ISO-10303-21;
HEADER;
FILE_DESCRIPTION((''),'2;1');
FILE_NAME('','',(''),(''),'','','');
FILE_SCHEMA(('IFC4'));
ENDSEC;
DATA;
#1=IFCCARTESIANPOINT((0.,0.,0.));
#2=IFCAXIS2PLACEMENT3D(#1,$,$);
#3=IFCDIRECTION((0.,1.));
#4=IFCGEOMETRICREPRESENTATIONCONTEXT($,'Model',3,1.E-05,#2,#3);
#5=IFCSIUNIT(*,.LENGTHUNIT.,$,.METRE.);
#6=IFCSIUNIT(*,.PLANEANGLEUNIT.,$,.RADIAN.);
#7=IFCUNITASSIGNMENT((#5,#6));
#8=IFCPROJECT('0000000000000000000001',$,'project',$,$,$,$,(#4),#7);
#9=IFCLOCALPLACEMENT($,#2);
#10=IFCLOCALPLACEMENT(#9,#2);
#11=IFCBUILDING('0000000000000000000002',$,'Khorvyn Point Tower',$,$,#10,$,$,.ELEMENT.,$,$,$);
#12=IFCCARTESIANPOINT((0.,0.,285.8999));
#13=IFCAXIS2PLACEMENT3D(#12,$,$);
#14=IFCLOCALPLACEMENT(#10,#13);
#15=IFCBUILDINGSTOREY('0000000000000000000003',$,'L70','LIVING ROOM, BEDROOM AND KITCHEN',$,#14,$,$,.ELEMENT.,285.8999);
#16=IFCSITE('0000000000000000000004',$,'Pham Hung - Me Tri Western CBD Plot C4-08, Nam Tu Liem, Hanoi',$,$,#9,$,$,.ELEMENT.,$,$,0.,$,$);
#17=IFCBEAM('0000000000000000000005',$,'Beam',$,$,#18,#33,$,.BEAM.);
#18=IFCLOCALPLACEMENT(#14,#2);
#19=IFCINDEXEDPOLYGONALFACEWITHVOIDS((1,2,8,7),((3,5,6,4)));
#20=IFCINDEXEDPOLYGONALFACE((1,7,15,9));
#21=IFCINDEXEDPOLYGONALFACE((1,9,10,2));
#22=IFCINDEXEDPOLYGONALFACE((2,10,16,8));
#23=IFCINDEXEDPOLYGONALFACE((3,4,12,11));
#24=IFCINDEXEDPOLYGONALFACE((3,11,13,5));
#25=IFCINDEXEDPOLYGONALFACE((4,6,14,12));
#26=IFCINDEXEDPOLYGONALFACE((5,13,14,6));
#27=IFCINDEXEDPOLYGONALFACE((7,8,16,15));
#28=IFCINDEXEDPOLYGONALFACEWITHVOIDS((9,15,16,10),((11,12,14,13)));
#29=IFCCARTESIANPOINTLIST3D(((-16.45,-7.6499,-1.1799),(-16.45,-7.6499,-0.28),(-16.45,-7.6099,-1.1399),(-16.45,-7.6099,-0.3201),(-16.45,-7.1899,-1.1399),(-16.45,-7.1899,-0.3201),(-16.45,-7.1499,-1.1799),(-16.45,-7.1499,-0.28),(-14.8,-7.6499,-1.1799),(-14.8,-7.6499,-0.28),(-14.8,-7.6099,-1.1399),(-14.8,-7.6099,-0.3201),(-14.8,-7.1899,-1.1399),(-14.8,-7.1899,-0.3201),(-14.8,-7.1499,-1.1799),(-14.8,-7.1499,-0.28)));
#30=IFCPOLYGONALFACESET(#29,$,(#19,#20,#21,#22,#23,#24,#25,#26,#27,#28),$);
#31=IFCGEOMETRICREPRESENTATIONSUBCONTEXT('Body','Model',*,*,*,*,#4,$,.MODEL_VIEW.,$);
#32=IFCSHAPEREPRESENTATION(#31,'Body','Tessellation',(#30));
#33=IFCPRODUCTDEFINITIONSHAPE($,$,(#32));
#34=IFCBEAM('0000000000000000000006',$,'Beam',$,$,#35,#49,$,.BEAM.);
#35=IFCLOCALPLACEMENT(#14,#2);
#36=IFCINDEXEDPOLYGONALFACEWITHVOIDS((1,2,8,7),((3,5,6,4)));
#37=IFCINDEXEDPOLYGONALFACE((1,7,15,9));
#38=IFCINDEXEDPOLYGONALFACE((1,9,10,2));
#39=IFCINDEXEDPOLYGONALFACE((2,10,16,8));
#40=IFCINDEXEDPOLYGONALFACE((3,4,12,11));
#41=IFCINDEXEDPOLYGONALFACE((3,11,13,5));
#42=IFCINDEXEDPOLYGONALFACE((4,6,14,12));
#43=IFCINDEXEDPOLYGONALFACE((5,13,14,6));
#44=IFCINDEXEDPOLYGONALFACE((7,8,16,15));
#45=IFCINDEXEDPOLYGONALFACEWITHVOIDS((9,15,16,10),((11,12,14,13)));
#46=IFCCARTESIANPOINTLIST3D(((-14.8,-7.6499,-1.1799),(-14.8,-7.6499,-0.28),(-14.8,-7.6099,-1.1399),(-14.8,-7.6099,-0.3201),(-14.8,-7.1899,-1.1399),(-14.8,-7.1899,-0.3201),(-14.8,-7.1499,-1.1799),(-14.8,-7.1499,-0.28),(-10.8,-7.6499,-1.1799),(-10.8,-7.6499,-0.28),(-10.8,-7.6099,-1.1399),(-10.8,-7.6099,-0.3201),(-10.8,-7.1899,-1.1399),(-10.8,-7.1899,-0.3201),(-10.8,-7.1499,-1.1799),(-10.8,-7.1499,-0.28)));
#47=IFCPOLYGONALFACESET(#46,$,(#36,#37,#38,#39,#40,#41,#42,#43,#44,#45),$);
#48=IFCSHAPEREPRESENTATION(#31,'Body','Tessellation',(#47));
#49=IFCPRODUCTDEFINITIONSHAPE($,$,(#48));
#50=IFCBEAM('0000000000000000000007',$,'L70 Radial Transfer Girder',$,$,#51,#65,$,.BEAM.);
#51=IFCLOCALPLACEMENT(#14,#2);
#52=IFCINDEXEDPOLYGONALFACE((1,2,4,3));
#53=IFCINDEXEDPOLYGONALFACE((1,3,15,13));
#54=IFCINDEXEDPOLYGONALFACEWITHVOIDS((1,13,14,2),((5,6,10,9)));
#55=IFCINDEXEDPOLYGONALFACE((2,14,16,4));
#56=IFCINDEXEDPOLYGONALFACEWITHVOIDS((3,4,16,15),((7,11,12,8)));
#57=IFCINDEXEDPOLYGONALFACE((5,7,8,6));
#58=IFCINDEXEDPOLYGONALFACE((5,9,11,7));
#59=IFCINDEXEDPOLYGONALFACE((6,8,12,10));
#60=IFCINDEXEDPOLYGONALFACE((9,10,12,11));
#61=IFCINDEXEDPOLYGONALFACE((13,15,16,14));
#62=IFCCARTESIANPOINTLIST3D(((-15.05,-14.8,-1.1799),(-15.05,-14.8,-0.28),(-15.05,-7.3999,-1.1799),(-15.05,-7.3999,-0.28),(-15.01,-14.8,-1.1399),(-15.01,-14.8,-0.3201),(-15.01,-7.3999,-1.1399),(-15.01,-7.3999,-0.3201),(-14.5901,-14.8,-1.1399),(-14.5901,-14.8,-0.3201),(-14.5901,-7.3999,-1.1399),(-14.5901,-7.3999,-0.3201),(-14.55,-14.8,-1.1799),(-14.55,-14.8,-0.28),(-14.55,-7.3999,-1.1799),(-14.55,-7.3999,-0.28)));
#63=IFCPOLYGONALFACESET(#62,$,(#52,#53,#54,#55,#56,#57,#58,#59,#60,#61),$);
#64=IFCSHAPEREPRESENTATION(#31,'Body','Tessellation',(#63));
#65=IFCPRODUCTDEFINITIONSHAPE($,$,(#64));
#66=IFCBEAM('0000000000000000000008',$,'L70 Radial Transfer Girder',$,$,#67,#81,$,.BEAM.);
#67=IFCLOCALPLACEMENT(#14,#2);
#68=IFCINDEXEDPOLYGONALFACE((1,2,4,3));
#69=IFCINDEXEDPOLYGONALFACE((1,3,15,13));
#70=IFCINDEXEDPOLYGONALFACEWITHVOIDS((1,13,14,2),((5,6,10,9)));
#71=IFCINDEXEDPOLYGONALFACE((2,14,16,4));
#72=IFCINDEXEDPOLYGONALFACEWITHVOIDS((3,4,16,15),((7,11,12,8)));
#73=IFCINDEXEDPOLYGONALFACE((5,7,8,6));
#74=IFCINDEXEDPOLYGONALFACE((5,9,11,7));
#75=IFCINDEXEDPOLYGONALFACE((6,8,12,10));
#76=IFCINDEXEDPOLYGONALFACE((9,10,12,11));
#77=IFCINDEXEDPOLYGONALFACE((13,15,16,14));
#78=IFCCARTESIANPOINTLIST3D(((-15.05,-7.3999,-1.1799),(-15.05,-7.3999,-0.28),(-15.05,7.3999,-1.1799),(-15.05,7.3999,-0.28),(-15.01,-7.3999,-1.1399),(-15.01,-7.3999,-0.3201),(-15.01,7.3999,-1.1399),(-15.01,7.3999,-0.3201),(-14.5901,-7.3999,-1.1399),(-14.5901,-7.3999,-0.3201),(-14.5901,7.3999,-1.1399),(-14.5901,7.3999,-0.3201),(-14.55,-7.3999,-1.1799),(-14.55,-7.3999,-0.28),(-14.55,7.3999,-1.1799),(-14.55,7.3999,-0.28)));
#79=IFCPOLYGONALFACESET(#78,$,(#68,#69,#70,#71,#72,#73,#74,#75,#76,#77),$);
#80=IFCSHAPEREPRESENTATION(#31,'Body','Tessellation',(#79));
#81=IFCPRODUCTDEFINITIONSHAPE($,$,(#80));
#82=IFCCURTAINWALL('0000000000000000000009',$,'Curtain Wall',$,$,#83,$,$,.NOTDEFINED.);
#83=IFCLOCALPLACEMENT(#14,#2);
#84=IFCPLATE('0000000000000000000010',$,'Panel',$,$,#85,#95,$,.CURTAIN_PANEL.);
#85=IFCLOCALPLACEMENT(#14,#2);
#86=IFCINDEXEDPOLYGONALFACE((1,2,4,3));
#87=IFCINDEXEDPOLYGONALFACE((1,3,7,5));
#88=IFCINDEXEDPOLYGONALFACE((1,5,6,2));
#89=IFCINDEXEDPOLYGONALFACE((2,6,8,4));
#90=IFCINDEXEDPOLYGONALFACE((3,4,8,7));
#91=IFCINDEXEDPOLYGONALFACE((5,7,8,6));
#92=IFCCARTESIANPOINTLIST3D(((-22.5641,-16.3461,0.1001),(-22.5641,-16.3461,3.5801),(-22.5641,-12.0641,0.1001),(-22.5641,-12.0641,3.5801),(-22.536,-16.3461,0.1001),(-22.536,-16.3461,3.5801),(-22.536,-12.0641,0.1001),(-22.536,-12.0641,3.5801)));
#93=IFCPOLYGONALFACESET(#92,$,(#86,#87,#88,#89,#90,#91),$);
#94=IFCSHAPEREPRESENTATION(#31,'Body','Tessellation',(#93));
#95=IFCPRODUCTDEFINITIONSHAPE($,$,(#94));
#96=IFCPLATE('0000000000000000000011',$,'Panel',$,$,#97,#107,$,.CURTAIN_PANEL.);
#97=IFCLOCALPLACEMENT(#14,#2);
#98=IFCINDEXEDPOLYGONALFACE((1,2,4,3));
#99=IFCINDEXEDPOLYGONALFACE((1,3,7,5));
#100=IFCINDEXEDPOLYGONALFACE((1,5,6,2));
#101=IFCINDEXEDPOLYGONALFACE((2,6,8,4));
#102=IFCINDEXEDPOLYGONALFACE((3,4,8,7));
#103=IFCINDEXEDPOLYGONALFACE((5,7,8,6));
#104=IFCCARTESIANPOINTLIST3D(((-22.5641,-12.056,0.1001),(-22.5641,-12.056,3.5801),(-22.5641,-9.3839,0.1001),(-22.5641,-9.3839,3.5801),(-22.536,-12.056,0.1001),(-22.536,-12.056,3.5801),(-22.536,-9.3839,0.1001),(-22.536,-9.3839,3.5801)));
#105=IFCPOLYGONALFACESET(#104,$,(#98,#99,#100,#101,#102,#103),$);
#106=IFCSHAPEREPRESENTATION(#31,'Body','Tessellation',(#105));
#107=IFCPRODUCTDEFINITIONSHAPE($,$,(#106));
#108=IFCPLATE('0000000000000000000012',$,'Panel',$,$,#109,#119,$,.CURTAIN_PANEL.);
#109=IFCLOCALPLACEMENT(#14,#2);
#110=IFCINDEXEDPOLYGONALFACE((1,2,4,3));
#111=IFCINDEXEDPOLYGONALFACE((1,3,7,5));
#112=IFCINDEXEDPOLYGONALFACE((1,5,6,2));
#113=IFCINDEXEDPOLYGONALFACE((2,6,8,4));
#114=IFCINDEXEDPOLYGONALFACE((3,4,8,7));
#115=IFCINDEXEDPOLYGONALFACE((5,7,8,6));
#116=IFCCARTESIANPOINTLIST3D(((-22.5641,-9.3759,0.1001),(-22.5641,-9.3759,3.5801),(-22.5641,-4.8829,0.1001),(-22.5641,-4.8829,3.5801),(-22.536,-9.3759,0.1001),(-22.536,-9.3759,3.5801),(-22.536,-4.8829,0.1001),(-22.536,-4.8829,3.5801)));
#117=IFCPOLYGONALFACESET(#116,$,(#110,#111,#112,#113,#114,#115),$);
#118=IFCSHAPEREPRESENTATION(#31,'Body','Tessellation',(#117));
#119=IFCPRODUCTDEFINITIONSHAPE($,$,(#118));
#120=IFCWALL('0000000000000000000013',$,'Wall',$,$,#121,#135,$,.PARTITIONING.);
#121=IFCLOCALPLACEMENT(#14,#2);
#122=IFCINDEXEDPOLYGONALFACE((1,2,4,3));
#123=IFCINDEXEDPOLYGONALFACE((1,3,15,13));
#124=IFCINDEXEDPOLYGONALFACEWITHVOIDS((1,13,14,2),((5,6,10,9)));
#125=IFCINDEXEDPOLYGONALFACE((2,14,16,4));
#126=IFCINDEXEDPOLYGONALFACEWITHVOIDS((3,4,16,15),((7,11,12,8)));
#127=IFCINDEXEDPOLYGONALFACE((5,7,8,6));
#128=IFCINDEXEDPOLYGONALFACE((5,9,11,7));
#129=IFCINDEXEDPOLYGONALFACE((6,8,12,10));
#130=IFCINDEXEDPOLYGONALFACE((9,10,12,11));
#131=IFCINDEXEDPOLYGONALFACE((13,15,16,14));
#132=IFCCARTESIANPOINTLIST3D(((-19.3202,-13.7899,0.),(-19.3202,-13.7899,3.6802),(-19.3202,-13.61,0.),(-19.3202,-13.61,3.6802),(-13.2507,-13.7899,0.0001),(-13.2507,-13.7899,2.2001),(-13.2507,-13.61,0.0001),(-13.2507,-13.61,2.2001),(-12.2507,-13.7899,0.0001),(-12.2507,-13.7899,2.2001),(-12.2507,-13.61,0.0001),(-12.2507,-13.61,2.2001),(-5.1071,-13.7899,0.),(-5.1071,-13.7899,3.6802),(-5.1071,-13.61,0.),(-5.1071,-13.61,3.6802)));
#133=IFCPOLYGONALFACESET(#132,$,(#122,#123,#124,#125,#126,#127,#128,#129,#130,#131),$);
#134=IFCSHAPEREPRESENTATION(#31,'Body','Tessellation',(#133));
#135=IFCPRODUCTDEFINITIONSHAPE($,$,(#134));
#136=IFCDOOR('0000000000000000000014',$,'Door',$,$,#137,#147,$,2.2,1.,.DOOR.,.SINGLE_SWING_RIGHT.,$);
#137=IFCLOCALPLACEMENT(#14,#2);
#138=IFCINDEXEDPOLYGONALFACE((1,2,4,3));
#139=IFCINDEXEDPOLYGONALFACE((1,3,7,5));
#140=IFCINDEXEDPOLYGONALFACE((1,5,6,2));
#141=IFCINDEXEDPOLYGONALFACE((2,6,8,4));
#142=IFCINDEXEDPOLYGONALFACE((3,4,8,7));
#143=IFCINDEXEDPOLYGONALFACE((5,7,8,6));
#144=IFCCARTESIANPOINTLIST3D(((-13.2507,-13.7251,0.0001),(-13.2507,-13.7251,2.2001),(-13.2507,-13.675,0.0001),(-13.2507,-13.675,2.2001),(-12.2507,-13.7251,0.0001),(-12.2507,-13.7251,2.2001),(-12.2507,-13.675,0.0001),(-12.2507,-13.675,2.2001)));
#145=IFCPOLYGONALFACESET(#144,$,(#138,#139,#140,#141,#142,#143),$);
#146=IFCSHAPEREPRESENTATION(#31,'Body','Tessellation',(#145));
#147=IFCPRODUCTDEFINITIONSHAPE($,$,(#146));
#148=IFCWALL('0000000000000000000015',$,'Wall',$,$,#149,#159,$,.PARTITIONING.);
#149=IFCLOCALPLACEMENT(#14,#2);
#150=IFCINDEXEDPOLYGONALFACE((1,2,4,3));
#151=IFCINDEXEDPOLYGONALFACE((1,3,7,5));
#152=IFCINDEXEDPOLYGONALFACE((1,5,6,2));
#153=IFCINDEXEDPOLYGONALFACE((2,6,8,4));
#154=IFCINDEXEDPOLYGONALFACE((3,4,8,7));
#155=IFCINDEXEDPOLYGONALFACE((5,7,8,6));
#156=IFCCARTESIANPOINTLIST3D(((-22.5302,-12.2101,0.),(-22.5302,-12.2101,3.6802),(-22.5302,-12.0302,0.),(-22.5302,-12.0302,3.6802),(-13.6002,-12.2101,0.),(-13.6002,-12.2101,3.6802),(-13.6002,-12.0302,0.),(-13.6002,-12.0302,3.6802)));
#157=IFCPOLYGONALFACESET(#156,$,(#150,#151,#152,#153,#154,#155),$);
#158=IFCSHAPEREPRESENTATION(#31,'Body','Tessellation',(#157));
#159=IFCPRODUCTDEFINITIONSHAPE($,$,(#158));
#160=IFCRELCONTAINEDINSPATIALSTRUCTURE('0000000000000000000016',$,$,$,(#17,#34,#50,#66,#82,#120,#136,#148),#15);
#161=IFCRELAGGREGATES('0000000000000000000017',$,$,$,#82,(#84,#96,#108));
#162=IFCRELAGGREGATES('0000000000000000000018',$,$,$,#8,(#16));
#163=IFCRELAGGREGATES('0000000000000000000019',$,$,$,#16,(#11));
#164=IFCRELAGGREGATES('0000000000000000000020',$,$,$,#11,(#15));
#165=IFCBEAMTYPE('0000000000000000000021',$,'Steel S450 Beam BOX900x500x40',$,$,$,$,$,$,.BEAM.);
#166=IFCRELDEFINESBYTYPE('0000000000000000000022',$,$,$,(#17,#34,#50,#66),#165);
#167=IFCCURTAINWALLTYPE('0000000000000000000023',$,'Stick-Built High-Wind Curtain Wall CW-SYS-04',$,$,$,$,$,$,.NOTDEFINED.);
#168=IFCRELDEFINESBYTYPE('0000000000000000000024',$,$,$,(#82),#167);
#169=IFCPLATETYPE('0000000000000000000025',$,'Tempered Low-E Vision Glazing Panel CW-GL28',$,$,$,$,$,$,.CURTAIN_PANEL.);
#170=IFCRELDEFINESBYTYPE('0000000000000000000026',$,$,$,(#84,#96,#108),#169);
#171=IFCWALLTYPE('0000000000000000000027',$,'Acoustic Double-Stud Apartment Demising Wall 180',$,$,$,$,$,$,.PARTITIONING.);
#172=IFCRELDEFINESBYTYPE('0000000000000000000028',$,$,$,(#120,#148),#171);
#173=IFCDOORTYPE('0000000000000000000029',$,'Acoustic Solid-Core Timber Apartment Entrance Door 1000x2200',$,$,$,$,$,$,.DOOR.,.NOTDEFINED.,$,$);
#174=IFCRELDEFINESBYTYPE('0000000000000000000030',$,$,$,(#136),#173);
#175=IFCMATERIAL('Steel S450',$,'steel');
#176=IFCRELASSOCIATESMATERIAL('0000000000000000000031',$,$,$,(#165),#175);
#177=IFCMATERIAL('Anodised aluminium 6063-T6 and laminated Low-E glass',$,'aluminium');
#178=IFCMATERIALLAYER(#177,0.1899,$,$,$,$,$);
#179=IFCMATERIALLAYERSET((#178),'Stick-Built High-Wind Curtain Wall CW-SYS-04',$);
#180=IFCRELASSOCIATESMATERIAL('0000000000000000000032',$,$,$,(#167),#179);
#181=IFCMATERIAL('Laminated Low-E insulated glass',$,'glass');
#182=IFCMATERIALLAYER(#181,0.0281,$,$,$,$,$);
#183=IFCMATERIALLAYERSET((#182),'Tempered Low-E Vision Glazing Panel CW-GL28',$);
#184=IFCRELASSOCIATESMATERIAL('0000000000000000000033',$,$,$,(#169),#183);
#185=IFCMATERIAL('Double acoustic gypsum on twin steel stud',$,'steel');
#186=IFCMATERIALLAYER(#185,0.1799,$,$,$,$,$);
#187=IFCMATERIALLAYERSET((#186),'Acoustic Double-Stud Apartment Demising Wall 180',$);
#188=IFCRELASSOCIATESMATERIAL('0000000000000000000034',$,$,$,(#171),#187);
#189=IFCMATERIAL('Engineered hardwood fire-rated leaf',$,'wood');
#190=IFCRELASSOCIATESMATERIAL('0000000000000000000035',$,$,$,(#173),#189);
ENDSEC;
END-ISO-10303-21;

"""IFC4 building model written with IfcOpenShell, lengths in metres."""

from ifc_helpers import new_model, si_unit, direction, frame, frame_2d, origin, origin_2d, place, context, subcontext, project, spatial, rectangle, hollow_rectangle, extrude, material, layer, layer_set, material_profile, profile_set, type_object, element, fill, aggregate, save


model = new_model("IFC4")

# Units and contexts
model_context = context("Model", 3, precision=1e-05, world=origin(), true_north=direction((0.0, 1.0)))
body_context = subcontext(model_context, "Body", "Model", "MODEL_VIEW")
ifc_project = project(units=[si_unit("LENGTHUNIT", "METRE"), si_unit("PLANEANGLEUNIT", "RADIAN")], contexts=[model_context])

# Site, building, storey
site_placement = place(None, origin())
site = spatial("IfcSite", under=ifc_project, at=site_placement, Name="Pham Hung - Me Tri Western CBD Plot C4-08, Nam Tu Liem, Hanoi", CompositionType="ELEMENT", RefElevation=0.0)
building_placement = place(site_placement, origin())
building = spatial("IfcBuilding", under=site, at=building_placement, Name="Khorvyn Point Tower", CompositionType="ELEMENT")
storey_placement = place(building_placement, frame((0.0, 0.0, 285.8999)))
storey = spatial("IfcBuildingStorey", under=building, at=storey_placement, Name="L70", Description="LIVING ROOM, BEDROOM AND KITCHEN", CompositionType="ELEMENT", Elevation=285.8999)

# Beams
ifc_material_1 = material(Name="Steel S450", Category="steel")
ifc_material_profile_1 = material_profile(ifc_material_1, hollow_rectangle(XDim=0.5, YDim=0.8999, WallThickness=0.04, at=origin_2d()))
ifc_profile_set_1 = profile_set([ifc_material_profile_1], Name="Steel S450 BOX900x500x40")
beam_type_1 = type_object("IfcBeamType", Name="Steel S450 Beam BOX900x500x40", PredefinedType="BEAM", material=ifc_profile_set_1)
beam_1_placement = place(storey_placement, frame((-16.45, -7.3999, -0.73), z_axis=(1.0, 0.0, 0.0), x_axis=(0.0, 1.0, 0.0)))
element("IfcBeam", 1, at=beam_1_placement, inside=storey, type_object=beam_type_1, Name="Beam", PredefinedType="BEAM", context=body_context, shape_type="SweptSolid", body=[
    extrude(hollow_rectangle(XDim=0.5, YDim=0.8999, WallThickness=0.04, at=origin_2d()), origin(), (0.0, 0.0, 1.0), 1.6499),
])
beam_2_placement = place(storey_placement, frame((-14.8, -7.3999, -0.73), z_axis=(1.0, 0.0, 0.0), x_axis=(0.0, 1.0, 0.0)))
element("IfcBeam", 2, at=beam_2_placement, inside=storey, type_object=beam_type_1, Name="Beam", PredefinedType="BEAM", context=body_context, shape_type="SweptSolid", body=[
    extrude(hollow_rectangle(XDim=0.5, YDim=0.8999, WallThickness=0.04, at=origin_2d()), origin(), (0.0, 0.0, 1.0), 4.0),
])
beam_3_placement = place(storey_placement, frame((-14.8, -14.8, -0.73), z_axis=(0.0, 1.0, 0.0), x_axis=(-1.0, 0.0, 0.0)))
element("IfcBeam", 3, at=beam_3_placement, inside=storey, type_object=beam_type_1, Name="L70 Radial Transfer Girder", PredefinedType="BEAM", context=body_context, shape_type="SweptSolid", body=[
    extrude(hollow_rectangle(XDim=0.5, YDim=0.8999, WallThickness=0.04, at=origin_2d()), origin(), (0.0, 0.0, 1.0), 7.4001),
])
beam_4_placement = place(storey_placement, frame((-14.8, -7.3999, -0.73), z_axis=(0.0, 1.0, 0.0), x_axis=(-1.0, 0.0, 0.0)))
element("IfcBeam", 4, at=beam_4_placement, inside=storey, type_object=beam_type_1, Name="L70 Radial Transfer Girder", PredefinedType="BEAM", context=body_context, shape_type="SweptSolid", body=[
    extrude(hollow_rectangle(XDim=0.5, YDim=0.8999, WallThickness=0.04, at=origin_2d()), origin(), (0.0, 0.0, 1.0), 14.7998),
])

# Curtain wall, plates
ifc_material_2 = material(Name="Anodised aluminium 6063-T6 and laminated Low-E glass", Category="aluminium")
ifc_layer_1 = layer(ifc_material_2, 0.1899)
ifc_layer_set_1 = layer_set([ifc_layer_1], Name="Stick-Built High-Wind Curtain Wall CW-SYS-04")
curtain_wall_type = type_object("IfcCurtainWallType", Name="Stick-Built High-Wind Curtain Wall CW-SYS-04", PredefinedType="NOTDEFINED", material=ifc_layer_set_1)
curtain_wall_placement = place(storey_placement, origin())
curtain_wall = element("IfcCurtainWall", 5, at=curtain_wall_placement, inside=storey, type_object=curtain_wall_type, Name="Curtain Wall", PredefinedType="NOTDEFINED")
ifc_material_3 = material(Name="Laminated Low-E insulated glass", Category="glass")
ifc_layer_2 = layer(ifc_material_3, 0.0281)
ifc_layer_set_2 = layer_set([ifc_layer_2], Name="Tempered Low-E Vision Glazing Panel CW-GL28")
plate_type = type_object("IfcPlateType", Name="Tempered Low-E Vision Glazing Panel CW-GL28", PredefinedType="CURTAIN_PANEL", material=ifc_layer_set_2)
plate_1_placement = place(storey_placement, frame((-22.55, -14.2051, 0.1001), z_axis=(0.0, 0.0, 1.0), x_axis=(0.0, 1.0, 0.0)))
plate_1 = element("IfcPlate", 6, at=plate_1_placement, type_object=plate_type, Name="Panel", PredefinedType="CURTAIN_PANEL", context=body_context, shape_type="SweptSolid", body=[
    extrude(rectangle(XDim=4.282, YDim=0.0281, at=origin_2d()), origin(), (0.0, 0.0, 1.0), 3.48),
])
plate_2_placement = place(storey_placement, frame((-22.55, -10.72, 0.1001), z_axis=(0.0, 0.0, 1.0), x_axis=(0.0, 1.0, 0.0)))
plate_2 = element("IfcPlate", 7, at=plate_2_placement, type_object=plate_type, Name="Panel", PredefinedType="CURTAIN_PANEL", context=body_context, shape_type="SweptSolid", body=[
    extrude(rectangle(XDim=2.6721, YDim=0.0281, at=origin_2d()), origin(), (0.0, 0.0, 1.0), 3.48),
])
plate_3_placement = place(storey_placement, frame((-22.55, -7.1294, 0.1001), z_axis=(0.0, 0.0, 1.0), x_axis=(0.0, 1.0, 0.0)))
plate_3 = element("IfcPlate", 8, at=plate_3_placement, type_object=plate_type, Name="Panel", PredefinedType="CURTAIN_PANEL", context=body_context, shape_type="SweptSolid", body=[
    extrude(rectangle(XDim=4.4929, YDim=0.0281, at=origin_2d()), origin(), (0.0, 0.0, 1.0), 3.48),
])
aggregate(curtain_wall, [plate_1, plate_2, plate_3])

# Wall, opening, door
ifc_material_4 = material(Name="Double acoustic gypsum on twin steel stud", Category="steel")
ifc_layer_3 = layer(ifc_material_4, 0.1799)
ifc_layer_set_3 = layer_set([ifc_layer_3], Name="Acoustic Double-Stud Apartment Demising Wall 180")
wall_type_1 = type_object("IfcWallType", Name="Acoustic Double-Stud Apartment Demising Wall 180", PredefinedType="PARTITIONING", material=ifc_layer_set_3)
wall_1_placement = place(storey_placement, frame((-19.3201, -13.7, 0.0), z_axis=(0.0, 0.0, 1.0), x_axis=(1.0, 0.0, 0.0)))
wall_1 = element("IfcWall", 9, at=wall_1_placement, inside=storey, type_object=wall_type_1, Name="Wall", PredefinedType="PARTITIONING", context=body_context, shape_type="SweptSolid", body=[
    extrude(rectangle(XDim=14.2131, YDim=0.1799, at=frame_2d((7.1064, 0.0))), origin(), (0.0, 0.0, 1.0), 3.6802),
])
opening_1_placement = place(wall_1_placement, frame((6.0693, 0.0, 0.0)))
opening_1 = element("IfcOpeningElement", 10, at=opening_1_placement, cuts=wall_1, PredefinedType="OPENING", context=body_context, shape_type="SweptSolid", body=[
    extrude(rectangle(XDim=1.0, YDim=2.2, at=frame_2d((0.5, 1.1001))), frame((0.0, 0.0999, 0.0), z_axis=(0.0, -1.0, 0.0), x_axis=(1.0, 0.0, 0.0)), (0.0, 0.0, 1.0), 0.2),
])
ifc_material_5 = material(Name="Engineered hardwood fire-rated leaf", Category="wood")
door_type_1 = type_object("IfcDoorType", Name="Acoustic Solid-Core Timber Apartment Entrance Door 1000x2200", OperationType="NOTDEFINED", PredefinedType="DOOR", material=ifc_material_5)
door_1_placement = place(opening_1_placement, origin())
door_1 = element("IfcDoor", 11, at=door_1_placement, inside=storey, type_object=door_type_1, Name="Door", OperationType="SINGLE_SWING_RIGHT", OverallHeight=2.2, OverallWidth=1.0, PredefinedType="DOOR", context=body_context, shape_type="SweptSolid", body=[
    extrude(rectangle(XDim=1.0, YDim=2.2, at=frame_2d((0.5, 1.1001))), frame((0.0, 0.0249, 0.0), z_axis=(0.0, -1.0, 0.0), x_axis=(1.0, 0.0, 0.0)), (0.0, 0.0, 1.0), 0.05),
])
fill(opening_1, door_1)

# Wall
wall_2_placement = place(storey_placement, frame((-22.53, -12.1201, 0.0), z_axis=(0.0, 0.0, 1.0), x_axis=(1.0, 0.0, 0.0)))
element("IfcWall", 12, at=wall_2_placement, inside=storey, type_object=wall_type_1, Name="Wall", PredefinedType="PARTITIONING", context=body_context, shape_type="SweptSolid", body=[
    extrude(rectangle(XDim=8.9299, YDim=0.1799, at=frame_2d((4.4648, 0.0))), origin(), (0.0, 0.0, 1.0), 3.6802),
])

save(model, "model.ifc")
